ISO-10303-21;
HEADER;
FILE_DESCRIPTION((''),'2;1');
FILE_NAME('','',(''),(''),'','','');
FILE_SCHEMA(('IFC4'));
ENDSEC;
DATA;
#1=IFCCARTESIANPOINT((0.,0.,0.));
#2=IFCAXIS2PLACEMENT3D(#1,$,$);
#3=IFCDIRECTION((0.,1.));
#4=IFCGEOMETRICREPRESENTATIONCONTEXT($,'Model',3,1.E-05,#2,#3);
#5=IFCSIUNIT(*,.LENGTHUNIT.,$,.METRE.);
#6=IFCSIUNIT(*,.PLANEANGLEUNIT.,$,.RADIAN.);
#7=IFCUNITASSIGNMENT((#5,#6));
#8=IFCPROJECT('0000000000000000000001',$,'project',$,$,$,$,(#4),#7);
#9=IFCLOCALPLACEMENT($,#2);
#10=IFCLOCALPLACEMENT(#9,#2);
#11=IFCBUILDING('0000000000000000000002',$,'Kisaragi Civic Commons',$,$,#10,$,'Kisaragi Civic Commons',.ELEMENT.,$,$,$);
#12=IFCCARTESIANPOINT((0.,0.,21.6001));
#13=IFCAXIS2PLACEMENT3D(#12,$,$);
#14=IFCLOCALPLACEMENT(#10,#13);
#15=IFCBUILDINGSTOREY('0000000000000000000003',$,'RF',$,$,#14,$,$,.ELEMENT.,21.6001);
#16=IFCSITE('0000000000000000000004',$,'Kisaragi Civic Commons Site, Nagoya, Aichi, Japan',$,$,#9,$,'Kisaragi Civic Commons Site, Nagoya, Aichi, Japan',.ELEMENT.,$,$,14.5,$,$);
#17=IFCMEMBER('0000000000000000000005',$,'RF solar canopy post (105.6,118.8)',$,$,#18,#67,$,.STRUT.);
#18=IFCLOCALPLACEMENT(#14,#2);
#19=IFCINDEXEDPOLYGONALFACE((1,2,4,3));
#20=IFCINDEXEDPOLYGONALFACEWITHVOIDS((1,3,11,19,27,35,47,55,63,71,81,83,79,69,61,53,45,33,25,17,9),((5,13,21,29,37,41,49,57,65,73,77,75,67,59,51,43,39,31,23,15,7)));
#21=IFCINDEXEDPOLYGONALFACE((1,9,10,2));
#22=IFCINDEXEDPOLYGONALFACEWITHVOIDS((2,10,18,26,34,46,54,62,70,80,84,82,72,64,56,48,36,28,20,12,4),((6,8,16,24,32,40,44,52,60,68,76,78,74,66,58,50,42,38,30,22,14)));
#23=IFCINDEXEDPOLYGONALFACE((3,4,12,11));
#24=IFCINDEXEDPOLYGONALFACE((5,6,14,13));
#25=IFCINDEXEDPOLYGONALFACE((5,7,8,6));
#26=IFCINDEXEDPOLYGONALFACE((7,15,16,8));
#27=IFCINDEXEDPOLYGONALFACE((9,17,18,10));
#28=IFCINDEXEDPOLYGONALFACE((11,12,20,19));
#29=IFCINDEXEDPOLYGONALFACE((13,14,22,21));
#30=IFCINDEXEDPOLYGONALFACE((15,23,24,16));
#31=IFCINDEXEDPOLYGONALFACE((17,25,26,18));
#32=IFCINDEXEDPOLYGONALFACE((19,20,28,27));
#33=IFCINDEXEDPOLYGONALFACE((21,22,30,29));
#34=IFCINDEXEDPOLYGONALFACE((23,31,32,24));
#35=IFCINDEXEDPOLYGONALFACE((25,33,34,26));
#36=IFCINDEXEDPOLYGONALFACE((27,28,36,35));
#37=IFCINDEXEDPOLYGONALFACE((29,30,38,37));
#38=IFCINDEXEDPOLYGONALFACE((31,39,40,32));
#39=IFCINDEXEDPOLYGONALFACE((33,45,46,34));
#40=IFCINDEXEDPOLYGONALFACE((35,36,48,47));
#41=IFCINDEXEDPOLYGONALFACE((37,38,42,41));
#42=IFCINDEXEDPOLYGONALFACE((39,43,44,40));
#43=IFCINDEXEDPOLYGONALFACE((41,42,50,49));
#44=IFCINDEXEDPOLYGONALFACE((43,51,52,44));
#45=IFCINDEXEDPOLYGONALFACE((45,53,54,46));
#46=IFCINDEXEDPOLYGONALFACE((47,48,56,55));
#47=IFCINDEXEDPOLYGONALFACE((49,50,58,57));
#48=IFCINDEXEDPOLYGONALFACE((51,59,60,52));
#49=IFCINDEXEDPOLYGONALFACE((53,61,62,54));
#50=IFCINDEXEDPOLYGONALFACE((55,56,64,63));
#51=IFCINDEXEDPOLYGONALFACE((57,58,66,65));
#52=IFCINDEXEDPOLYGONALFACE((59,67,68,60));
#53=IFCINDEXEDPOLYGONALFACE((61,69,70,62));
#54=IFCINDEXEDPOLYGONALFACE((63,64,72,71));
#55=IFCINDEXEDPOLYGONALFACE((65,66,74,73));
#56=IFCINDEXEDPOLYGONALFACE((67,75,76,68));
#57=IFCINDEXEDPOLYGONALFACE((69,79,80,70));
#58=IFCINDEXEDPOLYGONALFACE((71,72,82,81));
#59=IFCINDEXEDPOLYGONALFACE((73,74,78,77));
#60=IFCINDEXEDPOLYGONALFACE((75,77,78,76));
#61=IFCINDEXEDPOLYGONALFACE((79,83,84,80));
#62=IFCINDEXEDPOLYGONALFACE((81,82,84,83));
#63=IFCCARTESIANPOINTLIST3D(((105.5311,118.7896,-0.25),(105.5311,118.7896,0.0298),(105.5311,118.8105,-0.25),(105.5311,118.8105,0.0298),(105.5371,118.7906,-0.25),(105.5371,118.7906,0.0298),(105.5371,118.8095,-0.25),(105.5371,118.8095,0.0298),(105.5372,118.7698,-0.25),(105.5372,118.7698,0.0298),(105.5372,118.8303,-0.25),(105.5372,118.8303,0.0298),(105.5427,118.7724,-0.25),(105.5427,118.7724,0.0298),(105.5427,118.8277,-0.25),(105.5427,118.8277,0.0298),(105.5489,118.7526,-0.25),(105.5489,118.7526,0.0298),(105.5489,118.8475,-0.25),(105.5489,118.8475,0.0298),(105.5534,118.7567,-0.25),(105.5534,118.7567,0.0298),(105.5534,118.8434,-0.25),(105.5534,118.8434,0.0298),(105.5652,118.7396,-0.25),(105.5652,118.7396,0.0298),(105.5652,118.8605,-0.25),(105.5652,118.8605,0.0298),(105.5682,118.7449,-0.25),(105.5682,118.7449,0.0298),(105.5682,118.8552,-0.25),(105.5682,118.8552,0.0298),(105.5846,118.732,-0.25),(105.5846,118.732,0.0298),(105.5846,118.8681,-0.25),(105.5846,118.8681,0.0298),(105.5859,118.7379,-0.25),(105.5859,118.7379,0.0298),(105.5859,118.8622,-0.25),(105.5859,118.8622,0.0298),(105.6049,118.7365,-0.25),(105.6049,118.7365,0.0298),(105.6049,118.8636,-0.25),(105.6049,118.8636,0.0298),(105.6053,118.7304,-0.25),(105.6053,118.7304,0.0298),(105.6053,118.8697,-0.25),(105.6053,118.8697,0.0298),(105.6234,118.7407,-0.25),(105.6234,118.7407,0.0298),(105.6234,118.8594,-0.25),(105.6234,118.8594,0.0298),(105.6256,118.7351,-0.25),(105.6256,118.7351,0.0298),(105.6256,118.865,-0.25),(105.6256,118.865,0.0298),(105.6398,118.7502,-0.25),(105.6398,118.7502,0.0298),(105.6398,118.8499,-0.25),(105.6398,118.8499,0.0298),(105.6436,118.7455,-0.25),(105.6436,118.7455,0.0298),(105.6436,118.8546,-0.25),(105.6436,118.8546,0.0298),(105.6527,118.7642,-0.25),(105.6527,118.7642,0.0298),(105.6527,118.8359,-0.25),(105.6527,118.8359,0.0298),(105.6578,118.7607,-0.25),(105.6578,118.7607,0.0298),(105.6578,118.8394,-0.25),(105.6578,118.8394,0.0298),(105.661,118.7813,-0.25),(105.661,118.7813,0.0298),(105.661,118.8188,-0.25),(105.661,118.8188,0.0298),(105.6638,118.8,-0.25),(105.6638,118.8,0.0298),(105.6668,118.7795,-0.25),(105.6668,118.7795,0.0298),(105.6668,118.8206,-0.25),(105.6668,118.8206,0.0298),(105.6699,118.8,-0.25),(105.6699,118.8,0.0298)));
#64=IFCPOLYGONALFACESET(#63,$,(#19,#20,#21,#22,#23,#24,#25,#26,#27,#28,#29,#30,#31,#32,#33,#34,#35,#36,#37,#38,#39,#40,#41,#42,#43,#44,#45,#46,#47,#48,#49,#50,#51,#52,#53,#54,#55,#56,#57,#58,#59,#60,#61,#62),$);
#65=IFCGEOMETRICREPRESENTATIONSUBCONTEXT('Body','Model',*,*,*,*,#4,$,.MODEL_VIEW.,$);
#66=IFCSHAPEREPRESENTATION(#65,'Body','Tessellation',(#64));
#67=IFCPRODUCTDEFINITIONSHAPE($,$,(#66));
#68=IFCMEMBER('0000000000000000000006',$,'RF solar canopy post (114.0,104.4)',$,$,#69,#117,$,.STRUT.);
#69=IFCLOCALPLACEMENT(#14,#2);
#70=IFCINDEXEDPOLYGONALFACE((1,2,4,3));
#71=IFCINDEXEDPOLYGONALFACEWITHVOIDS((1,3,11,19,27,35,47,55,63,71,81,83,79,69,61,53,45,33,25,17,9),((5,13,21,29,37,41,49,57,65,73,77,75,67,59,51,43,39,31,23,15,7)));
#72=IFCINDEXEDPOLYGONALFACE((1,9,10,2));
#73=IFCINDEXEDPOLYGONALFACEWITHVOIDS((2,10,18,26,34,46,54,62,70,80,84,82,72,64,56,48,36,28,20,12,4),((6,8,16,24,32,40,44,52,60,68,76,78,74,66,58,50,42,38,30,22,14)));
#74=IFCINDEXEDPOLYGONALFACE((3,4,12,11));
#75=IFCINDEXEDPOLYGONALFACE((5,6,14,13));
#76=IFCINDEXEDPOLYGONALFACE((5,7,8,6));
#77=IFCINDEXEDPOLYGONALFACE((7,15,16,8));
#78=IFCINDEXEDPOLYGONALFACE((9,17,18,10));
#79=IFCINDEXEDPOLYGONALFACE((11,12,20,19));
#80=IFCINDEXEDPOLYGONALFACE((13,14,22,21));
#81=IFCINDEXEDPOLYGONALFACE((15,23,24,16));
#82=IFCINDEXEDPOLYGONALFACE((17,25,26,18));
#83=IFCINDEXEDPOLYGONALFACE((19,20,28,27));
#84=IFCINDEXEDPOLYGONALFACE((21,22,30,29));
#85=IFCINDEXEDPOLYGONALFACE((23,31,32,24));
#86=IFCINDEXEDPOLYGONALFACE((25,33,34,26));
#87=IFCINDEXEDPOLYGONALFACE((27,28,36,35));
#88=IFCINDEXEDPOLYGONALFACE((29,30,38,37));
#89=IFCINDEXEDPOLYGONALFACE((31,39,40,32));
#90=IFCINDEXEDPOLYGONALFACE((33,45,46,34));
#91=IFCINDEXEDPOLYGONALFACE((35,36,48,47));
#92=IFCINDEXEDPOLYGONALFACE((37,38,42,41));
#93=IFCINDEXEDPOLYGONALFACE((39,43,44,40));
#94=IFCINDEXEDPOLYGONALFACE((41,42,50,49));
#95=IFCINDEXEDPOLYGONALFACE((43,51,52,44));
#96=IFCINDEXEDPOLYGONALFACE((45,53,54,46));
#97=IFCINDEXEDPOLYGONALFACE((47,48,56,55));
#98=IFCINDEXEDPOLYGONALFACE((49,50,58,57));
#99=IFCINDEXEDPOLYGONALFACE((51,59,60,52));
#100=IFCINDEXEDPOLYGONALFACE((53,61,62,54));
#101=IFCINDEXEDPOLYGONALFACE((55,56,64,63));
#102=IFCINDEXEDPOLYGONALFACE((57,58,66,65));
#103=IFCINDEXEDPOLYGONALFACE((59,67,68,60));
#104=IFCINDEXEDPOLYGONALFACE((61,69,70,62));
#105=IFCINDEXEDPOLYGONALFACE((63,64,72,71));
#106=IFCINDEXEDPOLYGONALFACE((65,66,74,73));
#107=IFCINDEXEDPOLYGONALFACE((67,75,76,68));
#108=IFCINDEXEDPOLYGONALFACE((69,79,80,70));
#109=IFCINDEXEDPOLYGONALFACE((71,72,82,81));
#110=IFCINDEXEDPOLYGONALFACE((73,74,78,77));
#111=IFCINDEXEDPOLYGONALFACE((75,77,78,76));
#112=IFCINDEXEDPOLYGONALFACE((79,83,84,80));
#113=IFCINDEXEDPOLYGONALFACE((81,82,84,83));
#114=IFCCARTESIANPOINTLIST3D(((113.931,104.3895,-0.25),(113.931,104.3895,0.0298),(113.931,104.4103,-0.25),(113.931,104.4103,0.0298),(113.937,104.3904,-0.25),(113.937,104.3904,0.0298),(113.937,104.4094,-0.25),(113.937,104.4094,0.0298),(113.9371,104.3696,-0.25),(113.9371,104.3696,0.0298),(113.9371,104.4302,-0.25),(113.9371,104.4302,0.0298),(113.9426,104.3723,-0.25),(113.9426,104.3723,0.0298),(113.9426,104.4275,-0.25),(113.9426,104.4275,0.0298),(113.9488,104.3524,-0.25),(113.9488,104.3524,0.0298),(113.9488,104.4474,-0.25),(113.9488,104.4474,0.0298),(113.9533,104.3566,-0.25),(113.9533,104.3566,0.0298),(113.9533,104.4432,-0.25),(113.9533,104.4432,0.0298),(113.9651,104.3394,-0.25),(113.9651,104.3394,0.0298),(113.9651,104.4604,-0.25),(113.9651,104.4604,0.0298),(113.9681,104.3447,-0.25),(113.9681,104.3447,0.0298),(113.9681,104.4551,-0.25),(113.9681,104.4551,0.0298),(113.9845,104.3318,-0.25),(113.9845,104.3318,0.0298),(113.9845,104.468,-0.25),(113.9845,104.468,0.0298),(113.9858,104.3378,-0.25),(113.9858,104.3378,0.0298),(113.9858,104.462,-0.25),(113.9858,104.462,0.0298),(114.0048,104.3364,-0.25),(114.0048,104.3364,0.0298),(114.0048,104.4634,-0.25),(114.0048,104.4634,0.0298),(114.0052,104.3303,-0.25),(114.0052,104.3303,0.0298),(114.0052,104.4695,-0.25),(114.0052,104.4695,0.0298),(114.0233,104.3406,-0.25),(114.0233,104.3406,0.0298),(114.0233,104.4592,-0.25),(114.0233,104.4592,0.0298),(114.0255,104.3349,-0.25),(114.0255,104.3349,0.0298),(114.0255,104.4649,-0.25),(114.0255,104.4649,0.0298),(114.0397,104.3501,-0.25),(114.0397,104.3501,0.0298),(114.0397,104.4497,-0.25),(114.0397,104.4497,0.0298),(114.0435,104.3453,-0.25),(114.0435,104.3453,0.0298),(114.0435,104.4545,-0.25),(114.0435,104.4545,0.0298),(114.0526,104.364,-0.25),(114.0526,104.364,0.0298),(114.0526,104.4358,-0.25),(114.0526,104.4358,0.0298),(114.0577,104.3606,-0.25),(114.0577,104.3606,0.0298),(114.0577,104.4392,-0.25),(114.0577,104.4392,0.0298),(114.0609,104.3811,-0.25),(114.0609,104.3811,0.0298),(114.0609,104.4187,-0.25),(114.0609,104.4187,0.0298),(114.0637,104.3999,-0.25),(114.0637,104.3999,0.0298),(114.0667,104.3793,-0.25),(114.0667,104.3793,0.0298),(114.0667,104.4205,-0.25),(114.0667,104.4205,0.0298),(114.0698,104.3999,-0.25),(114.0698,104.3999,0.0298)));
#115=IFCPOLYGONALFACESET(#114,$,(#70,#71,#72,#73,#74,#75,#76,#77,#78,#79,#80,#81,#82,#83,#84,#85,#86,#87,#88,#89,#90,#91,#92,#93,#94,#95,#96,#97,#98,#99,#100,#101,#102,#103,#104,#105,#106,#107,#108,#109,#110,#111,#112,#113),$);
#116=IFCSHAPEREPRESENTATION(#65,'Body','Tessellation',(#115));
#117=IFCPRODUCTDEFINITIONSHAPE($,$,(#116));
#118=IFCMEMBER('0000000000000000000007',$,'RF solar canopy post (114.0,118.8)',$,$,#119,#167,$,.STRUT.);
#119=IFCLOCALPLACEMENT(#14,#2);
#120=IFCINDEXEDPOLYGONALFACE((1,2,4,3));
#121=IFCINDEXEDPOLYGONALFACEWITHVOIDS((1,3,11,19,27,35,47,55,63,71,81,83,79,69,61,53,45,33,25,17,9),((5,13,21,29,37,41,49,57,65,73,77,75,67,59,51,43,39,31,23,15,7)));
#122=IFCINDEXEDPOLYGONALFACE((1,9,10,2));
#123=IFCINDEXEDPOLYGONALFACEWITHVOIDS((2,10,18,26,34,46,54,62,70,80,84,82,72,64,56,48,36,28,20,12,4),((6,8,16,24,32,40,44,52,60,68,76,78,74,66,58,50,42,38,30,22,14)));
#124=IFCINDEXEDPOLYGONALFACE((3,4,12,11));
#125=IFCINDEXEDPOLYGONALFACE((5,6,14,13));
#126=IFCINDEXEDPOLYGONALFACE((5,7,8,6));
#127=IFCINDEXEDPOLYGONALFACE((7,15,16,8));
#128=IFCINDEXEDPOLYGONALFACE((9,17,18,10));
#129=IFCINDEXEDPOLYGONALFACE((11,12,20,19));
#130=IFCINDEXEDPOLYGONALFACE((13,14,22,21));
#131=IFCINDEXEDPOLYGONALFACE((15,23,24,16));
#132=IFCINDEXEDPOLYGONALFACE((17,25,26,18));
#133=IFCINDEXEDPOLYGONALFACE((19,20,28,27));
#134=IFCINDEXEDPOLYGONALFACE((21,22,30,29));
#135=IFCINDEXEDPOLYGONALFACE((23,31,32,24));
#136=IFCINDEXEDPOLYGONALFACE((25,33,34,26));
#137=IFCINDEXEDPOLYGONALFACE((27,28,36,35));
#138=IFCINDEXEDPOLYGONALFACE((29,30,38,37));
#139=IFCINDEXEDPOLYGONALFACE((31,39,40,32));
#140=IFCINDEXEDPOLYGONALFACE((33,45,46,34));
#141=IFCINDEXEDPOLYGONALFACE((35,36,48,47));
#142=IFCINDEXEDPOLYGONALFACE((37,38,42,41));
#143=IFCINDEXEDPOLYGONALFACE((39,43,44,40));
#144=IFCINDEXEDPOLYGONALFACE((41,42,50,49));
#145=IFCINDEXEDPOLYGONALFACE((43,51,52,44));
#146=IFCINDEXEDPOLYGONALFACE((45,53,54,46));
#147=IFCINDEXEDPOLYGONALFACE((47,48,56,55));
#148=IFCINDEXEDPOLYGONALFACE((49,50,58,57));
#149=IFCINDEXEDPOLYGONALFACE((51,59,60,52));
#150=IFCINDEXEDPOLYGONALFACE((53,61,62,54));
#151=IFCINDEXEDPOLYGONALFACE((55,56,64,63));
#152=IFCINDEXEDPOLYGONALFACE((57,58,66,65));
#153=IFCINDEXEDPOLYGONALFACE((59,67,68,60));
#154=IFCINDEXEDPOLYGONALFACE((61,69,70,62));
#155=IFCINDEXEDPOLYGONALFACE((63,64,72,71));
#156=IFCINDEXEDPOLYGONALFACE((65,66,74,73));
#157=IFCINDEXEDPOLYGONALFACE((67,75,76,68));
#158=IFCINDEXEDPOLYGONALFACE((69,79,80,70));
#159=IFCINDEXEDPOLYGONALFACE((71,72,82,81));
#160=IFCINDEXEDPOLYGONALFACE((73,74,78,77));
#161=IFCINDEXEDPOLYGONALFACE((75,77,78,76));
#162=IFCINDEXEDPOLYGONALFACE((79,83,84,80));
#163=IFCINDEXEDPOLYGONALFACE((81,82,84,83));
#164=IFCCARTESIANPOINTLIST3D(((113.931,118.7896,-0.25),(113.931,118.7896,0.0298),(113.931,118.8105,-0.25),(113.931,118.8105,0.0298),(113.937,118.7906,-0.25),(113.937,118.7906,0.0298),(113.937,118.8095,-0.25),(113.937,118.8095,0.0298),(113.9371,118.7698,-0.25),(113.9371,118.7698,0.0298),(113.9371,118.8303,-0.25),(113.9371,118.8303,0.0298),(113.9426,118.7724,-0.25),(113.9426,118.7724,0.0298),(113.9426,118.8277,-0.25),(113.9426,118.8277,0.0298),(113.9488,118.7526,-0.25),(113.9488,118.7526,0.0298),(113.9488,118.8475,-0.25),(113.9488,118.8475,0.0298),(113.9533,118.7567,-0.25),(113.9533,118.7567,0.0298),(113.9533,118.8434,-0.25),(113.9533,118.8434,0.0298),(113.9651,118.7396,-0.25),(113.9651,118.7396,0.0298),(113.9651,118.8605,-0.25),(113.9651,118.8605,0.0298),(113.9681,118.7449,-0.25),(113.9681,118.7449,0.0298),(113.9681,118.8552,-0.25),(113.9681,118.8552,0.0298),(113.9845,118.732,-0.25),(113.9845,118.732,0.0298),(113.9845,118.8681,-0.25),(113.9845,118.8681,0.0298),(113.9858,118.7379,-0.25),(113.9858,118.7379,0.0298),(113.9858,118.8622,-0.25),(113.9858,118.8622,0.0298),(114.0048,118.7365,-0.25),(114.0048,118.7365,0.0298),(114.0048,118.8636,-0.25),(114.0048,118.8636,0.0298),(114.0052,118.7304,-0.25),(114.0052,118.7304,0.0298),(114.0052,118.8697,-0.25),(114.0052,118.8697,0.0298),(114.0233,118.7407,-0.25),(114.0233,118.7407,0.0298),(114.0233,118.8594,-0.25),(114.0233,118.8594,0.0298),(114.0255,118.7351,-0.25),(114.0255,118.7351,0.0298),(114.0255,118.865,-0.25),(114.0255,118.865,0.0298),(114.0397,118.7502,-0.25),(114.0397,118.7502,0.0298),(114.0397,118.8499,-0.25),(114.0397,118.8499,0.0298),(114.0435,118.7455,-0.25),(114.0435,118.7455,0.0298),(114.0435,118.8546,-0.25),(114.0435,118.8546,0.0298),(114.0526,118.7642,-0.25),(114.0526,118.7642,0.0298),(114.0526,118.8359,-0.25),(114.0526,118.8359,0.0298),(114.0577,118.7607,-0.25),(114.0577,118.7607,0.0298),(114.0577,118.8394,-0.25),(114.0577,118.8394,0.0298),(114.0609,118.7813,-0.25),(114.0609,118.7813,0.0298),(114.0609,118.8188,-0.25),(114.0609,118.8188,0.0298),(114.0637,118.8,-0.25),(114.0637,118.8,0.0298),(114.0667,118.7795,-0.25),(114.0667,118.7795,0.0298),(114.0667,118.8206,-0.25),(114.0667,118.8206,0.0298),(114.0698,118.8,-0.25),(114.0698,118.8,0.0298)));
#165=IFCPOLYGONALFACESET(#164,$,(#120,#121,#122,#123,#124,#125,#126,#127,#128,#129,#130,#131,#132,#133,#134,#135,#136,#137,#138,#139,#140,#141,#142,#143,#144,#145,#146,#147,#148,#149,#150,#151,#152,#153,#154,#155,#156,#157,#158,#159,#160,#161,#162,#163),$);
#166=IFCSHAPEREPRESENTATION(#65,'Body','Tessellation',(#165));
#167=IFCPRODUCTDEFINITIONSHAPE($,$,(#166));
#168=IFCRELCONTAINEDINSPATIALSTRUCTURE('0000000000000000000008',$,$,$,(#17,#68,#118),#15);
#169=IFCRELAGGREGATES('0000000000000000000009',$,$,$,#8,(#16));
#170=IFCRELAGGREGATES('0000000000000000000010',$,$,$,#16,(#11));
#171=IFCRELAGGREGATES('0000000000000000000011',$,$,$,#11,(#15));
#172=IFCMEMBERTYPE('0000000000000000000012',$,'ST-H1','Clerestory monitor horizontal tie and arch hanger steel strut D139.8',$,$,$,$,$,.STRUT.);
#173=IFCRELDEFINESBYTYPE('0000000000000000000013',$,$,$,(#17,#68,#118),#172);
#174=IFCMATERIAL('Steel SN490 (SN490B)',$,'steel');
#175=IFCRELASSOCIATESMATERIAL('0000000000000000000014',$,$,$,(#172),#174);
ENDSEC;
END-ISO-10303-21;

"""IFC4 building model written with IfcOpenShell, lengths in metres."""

from ifc_helpers import new_model, si_unit, direction, frame, origin, origin_2d, place, context, subcontext, project, spatial, hollow_circle, extrude, material, material_profile, profile_set, type_object, element, save


model = new_model("IFC4")

# Units and contexts
model_context = context("Model", 3, precision=1e-05, world=origin(), true_north=direction((0.0, 1.0)))
body_context = subcontext(model_context, "Body", "Model", "MODEL_VIEW")
ifc_project = project(units=[si_unit("LENGTHUNIT", "METRE"), si_unit("PLANEANGLEUNIT", "RADIAN")], contexts=[model_context])

# Site, building, storey
site_placement = place(None, origin())
site = spatial("IfcSite", under=ifc_project, at=site_placement, Name="Kisaragi Civic Commons Site, Nagoya, Aichi, Japan", LongName="Kisaragi Civic Commons Site, Nagoya, Aichi, Japan", CompositionType="ELEMENT", RefElevation=14.5)
building_placement = place(site_placement, origin())
building = spatial("IfcBuilding", under=site, at=building_placement, Name="Kisaragi Civic Commons", LongName="Kisaragi Civic Commons", CompositionType="ELEMENT")
storey_placement = place(building_placement, frame((0.0, 0.0, 21.6001)))
storey = spatial("IfcBuildingStorey", under=building, at=storey_placement, Name="RF", CompositionType="ELEMENT", Elevation=21.6001)

# Members
ifc_material_1 = material(Name="Steel SN490 (SN490B)", Category="steel")
ifc_material_profile_1 = material_profile(ifc_material_1, hollow_circle(Radius=0.0698, WallThickness=0.0061, at=origin_2d()), Name="CHS-139.8x6.0", Category="steel")
ifc_profile_set_1 = profile_set([ifc_material_profile_1], Name="Steel SN490 (SN490B)")
member_type_1 = type_object("IfcMemberType", Name="ST-H1", Description="Clerestory monitor horizontal tie and arch hanger steel strut D139.8", PredefinedType="STRUT", material=ifc_profile_set_1)
for number, where, z_axis, x_axis, name in (
    (1, (105.6001, 118.8, -0.25), (0.0, 0.0, 1.0), (1.0, 0.0, 0.0), "RF solar canopy post (105.6,118.8)"),
    (2, (114.0, 104.3999, -0.25), (0.0, 0.0, 1.0), (1.0, 0.0, 0.0), "RF solar canopy post (114.0,104.4)"),
    (3, (114.0, 118.8, -0.25), (0.0, 0.0, 1.0), (1.0, 0.0, 0.0), "RF solar canopy post (114.0,118.8)"),
):
    element("IfcMember", number, at=place(storey_placement, frame(where, z_axis=z_axis, x_axis=x_axis)), inside=storey, type_object=member_type_1, Name=name, PredefinedType="STRUT", context=body_context, shape_type="SweptSolid", body=[
        extrude(hollow_circle(Radius=0.0698, WallThickness=0.0061, at=origin_2d()), origin(), (0.0, 0.0, 1.0), 0.2798),
    ])

save(model, "model.ifc")
